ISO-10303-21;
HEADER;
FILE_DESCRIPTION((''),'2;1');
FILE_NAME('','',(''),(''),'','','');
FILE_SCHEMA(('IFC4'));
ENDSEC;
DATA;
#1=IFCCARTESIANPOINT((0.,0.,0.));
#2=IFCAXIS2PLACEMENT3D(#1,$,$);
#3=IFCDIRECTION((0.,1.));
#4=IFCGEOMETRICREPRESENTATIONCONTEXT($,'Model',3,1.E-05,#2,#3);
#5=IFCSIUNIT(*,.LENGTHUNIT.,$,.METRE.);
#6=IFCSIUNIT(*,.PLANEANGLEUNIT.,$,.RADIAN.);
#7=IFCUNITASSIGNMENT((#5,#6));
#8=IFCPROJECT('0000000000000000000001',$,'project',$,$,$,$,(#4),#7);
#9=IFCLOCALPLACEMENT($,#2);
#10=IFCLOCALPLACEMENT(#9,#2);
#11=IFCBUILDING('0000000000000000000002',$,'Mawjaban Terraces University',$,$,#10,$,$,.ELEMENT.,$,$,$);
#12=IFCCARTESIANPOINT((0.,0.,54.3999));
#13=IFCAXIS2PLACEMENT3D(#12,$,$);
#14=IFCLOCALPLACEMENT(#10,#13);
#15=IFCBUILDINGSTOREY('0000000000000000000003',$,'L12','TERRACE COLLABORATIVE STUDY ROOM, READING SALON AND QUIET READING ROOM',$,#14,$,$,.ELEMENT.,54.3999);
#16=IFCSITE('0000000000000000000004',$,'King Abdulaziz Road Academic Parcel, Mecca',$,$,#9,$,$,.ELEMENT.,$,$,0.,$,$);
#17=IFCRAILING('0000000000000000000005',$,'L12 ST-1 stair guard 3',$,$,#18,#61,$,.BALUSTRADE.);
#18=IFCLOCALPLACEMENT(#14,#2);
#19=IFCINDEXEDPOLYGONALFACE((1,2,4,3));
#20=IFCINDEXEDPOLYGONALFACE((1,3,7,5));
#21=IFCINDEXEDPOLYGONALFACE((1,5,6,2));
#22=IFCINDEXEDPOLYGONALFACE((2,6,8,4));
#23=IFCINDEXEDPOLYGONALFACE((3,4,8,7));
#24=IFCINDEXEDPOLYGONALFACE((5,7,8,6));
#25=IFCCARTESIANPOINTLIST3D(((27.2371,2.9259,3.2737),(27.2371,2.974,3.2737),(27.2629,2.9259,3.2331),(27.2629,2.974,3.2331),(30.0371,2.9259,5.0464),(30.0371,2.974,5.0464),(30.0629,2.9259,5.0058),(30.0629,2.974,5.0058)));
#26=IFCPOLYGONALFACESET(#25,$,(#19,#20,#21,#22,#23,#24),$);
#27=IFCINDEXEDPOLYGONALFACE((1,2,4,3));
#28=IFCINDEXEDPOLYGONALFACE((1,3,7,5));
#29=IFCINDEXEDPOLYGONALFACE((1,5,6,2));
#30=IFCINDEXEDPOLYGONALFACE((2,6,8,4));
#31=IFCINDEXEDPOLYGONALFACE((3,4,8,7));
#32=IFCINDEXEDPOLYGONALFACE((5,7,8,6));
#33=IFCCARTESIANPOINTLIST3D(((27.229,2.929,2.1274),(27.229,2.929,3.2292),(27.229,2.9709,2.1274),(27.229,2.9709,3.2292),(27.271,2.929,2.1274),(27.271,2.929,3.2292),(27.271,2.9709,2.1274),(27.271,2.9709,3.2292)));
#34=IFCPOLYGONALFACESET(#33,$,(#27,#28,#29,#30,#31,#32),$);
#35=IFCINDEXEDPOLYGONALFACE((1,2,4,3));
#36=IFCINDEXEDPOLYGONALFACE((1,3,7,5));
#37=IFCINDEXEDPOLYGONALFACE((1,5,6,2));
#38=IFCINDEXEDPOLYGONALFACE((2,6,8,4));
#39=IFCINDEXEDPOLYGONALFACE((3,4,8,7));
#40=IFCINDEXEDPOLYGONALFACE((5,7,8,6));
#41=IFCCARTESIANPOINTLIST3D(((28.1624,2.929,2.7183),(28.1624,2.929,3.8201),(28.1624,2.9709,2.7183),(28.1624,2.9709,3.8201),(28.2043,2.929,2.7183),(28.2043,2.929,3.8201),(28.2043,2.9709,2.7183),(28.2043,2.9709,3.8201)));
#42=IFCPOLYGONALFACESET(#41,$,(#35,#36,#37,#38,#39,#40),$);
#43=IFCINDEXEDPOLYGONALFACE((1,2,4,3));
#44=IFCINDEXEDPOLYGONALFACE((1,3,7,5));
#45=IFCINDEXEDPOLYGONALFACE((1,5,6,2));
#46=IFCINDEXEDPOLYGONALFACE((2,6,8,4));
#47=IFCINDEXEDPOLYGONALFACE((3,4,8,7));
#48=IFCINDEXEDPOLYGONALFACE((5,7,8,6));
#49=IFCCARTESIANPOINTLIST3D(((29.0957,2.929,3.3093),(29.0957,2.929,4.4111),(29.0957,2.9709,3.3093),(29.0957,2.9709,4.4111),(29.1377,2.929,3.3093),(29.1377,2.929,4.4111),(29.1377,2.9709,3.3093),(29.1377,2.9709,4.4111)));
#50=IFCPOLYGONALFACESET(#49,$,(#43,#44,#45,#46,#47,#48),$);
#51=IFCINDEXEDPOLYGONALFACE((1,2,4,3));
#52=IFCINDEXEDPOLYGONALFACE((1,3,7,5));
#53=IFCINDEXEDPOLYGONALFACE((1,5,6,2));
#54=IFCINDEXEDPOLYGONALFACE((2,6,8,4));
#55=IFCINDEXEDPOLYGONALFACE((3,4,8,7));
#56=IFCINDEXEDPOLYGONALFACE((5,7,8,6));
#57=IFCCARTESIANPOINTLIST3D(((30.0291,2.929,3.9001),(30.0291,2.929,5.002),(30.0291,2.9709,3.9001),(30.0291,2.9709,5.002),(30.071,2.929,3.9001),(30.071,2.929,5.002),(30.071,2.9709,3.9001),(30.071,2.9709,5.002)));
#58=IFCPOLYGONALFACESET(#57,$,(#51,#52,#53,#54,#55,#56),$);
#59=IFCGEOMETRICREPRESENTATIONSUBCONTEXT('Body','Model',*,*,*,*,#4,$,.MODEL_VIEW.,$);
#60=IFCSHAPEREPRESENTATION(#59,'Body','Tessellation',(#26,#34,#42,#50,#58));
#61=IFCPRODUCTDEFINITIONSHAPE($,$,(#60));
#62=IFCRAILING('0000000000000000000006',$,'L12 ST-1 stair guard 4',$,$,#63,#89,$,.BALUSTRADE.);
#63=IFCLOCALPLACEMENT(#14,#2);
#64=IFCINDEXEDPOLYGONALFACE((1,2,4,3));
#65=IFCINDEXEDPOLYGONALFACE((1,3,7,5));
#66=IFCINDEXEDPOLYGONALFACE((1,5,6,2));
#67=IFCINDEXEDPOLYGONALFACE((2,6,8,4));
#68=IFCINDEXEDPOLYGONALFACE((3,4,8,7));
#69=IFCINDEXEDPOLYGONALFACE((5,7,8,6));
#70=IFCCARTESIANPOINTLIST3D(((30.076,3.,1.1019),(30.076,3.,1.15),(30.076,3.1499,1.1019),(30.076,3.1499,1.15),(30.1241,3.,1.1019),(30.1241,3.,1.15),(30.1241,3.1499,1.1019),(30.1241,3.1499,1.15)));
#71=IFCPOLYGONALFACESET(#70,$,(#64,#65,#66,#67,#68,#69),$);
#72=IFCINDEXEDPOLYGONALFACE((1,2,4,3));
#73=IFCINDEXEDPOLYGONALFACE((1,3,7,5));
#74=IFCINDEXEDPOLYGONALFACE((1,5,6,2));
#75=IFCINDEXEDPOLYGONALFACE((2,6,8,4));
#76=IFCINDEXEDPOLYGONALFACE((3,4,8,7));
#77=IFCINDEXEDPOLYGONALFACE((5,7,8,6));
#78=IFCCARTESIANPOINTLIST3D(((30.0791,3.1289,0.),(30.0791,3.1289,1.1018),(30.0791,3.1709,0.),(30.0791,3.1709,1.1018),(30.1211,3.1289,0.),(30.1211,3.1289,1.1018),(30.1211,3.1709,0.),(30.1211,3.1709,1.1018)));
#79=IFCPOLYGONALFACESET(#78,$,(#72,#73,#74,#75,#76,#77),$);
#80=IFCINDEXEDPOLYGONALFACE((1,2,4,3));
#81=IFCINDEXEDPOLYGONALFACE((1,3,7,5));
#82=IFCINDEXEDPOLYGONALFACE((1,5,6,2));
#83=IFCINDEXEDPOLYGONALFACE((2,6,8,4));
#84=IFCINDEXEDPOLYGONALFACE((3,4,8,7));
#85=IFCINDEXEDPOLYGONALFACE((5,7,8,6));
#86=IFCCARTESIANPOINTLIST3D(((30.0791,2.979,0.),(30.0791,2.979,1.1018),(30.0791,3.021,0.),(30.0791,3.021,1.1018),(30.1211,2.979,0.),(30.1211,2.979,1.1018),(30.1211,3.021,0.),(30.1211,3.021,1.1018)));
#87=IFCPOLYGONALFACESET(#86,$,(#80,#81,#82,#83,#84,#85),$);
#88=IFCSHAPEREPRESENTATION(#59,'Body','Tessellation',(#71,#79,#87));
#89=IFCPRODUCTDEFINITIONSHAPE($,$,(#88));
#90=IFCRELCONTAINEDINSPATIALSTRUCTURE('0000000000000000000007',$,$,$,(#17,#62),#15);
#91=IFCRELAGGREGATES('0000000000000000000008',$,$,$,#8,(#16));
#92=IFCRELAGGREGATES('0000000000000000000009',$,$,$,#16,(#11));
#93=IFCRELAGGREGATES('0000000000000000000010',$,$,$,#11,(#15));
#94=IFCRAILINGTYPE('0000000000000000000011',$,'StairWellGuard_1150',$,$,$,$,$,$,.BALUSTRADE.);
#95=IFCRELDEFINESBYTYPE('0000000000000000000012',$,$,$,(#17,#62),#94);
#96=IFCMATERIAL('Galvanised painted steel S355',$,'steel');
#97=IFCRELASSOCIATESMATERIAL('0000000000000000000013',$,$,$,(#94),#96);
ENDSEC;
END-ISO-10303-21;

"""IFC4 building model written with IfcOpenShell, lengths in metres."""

from ifc_helpers import new_model, si_unit, direction, frame, origin, origin_2d, place, context, subcontext, project, spatial, rectangle, extrude, material, type_object, element, save


model = new_model("IFC4")

# Units and contexts
model_context = context("Model", 3, precision=1e-05, world=origin(), true_north=direction((0.0, 1.0)))
body_context = subcontext(model_context, "Body", "Model", "MODEL_VIEW")
ifc_project = project(units=[si_unit("LENGTHUNIT", "METRE"), si_unit("PLANEANGLEUNIT", "RADIAN")], contexts=[model_context])

# Site, building, storey
site_placement = place(None, origin())
site = spatial("IfcSite", under=ifc_project, at=site_placement, Name="King Abdulaziz Road Academic Parcel, Mecca", CompositionType="ELEMENT", RefElevation=0.0)
building_placement = place(site_placement, origin())
building = spatial("IfcBuilding", under=site, at=building_placement, Name="Mawjaban Terraces University", CompositionType="ELEMENT")
storey_placement = place(building_placement, frame((0.0, 0.0, 54.3999)))
storey = spatial("IfcBuildingStorey", under=building, at=storey_placement, Name="L12", Description="TERRACE COLLABORATIVE STUDY ROOM, READING SALON AND QUIET READING ROOM", CompositionType="ELEMENT", Elevation=54.3999)

# Railings
ifc_material_1 = material(Name="Galvanised painted steel S355", Category="steel")
railing_type_1 = type_object("IfcRailingType", Name="StairWellGuard_1150", PredefinedType="BALUSTRADE", material=ifc_material_1)
railing_1_placement = place(storey_placement, frame((27.25, 2.95, 2.1274)))
element("IfcRailing", 1, at=railing_1_placement, inside=storey, type_object=railing_type_1, Name="L12 ST-1 stair guard 3", PredefinedType="BALUSTRADE", context=body_context, shape_type="SweptSolid", body=[
    extrude(rectangle(XDim=0.0481, YDim=0.0481, at=origin_2d()), frame((0.0, 0.0, 1.126), z_axis=(0.844909, 0.0, 0.53491), x_axis=(0.0, 1.0, 0.0)), (0.0, 0.0, 1.0), 3.314),
    extrude(rectangle(XDim=0.042, YDim=0.042, at=origin_2d()), origin(), (0.0, 0.0, 1.0), 1.1018),
    extrude(rectangle(XDim=0.042, YDim=0.042, at=origin_2d()), frame((0.9333, 0.0, 0.5908)), (0.0, 0.0, 1.0), 1.1018),
    extrude(rectangle(XDim=0.042, YDim=0.042, at=origin_2d()), frame((1.8667, 0.0, 1.1819)), (0.0, 0.0, 1.0), 1.1018),
    extrude(rectangle(XDim=0.042, YDim=0.042, at=origin_2d()), frame((2.8, 0.0, 1.7727)), (0.0, 0.0, 1.0), 1.1018),
])
railing_2_placement = place(storey_placement, frame((30.1001, 3.1499, 0.0)))
element("IfcRailing", 2, at=railing_2_placement, inside=storey, type_object=railing_type_1, Name="L12 ST-1 stair guard 4", PredefinedType="BALUSTRADE", context=body_context, shape_type="SweptSolid", body=[
    extrude(rectangle(XDim=0.0481, YDim=0.0481, at=origin_2d()), frame((0.0, 0.0, 1.126), z_axis=(0.0, -1.0, 0.0), x_axis=(1.0, 0.0, 0.0)), (0.0, 0.0, 1.0), 0.1499),
    extrude(rectangle(XDim=0.042, YDim=0.042, at=origin_2d()), origin(), (0.0, 0.0, 1.0), 1.1018),
    extrude(rectangle(XDim=0.042, YDim=0.042, at=origin_2d()), frame((0.0, -0.1499, 0.0)), (0.0, 0.0, 1.0), 1.1018),
])

save(model, "model.ifc")
